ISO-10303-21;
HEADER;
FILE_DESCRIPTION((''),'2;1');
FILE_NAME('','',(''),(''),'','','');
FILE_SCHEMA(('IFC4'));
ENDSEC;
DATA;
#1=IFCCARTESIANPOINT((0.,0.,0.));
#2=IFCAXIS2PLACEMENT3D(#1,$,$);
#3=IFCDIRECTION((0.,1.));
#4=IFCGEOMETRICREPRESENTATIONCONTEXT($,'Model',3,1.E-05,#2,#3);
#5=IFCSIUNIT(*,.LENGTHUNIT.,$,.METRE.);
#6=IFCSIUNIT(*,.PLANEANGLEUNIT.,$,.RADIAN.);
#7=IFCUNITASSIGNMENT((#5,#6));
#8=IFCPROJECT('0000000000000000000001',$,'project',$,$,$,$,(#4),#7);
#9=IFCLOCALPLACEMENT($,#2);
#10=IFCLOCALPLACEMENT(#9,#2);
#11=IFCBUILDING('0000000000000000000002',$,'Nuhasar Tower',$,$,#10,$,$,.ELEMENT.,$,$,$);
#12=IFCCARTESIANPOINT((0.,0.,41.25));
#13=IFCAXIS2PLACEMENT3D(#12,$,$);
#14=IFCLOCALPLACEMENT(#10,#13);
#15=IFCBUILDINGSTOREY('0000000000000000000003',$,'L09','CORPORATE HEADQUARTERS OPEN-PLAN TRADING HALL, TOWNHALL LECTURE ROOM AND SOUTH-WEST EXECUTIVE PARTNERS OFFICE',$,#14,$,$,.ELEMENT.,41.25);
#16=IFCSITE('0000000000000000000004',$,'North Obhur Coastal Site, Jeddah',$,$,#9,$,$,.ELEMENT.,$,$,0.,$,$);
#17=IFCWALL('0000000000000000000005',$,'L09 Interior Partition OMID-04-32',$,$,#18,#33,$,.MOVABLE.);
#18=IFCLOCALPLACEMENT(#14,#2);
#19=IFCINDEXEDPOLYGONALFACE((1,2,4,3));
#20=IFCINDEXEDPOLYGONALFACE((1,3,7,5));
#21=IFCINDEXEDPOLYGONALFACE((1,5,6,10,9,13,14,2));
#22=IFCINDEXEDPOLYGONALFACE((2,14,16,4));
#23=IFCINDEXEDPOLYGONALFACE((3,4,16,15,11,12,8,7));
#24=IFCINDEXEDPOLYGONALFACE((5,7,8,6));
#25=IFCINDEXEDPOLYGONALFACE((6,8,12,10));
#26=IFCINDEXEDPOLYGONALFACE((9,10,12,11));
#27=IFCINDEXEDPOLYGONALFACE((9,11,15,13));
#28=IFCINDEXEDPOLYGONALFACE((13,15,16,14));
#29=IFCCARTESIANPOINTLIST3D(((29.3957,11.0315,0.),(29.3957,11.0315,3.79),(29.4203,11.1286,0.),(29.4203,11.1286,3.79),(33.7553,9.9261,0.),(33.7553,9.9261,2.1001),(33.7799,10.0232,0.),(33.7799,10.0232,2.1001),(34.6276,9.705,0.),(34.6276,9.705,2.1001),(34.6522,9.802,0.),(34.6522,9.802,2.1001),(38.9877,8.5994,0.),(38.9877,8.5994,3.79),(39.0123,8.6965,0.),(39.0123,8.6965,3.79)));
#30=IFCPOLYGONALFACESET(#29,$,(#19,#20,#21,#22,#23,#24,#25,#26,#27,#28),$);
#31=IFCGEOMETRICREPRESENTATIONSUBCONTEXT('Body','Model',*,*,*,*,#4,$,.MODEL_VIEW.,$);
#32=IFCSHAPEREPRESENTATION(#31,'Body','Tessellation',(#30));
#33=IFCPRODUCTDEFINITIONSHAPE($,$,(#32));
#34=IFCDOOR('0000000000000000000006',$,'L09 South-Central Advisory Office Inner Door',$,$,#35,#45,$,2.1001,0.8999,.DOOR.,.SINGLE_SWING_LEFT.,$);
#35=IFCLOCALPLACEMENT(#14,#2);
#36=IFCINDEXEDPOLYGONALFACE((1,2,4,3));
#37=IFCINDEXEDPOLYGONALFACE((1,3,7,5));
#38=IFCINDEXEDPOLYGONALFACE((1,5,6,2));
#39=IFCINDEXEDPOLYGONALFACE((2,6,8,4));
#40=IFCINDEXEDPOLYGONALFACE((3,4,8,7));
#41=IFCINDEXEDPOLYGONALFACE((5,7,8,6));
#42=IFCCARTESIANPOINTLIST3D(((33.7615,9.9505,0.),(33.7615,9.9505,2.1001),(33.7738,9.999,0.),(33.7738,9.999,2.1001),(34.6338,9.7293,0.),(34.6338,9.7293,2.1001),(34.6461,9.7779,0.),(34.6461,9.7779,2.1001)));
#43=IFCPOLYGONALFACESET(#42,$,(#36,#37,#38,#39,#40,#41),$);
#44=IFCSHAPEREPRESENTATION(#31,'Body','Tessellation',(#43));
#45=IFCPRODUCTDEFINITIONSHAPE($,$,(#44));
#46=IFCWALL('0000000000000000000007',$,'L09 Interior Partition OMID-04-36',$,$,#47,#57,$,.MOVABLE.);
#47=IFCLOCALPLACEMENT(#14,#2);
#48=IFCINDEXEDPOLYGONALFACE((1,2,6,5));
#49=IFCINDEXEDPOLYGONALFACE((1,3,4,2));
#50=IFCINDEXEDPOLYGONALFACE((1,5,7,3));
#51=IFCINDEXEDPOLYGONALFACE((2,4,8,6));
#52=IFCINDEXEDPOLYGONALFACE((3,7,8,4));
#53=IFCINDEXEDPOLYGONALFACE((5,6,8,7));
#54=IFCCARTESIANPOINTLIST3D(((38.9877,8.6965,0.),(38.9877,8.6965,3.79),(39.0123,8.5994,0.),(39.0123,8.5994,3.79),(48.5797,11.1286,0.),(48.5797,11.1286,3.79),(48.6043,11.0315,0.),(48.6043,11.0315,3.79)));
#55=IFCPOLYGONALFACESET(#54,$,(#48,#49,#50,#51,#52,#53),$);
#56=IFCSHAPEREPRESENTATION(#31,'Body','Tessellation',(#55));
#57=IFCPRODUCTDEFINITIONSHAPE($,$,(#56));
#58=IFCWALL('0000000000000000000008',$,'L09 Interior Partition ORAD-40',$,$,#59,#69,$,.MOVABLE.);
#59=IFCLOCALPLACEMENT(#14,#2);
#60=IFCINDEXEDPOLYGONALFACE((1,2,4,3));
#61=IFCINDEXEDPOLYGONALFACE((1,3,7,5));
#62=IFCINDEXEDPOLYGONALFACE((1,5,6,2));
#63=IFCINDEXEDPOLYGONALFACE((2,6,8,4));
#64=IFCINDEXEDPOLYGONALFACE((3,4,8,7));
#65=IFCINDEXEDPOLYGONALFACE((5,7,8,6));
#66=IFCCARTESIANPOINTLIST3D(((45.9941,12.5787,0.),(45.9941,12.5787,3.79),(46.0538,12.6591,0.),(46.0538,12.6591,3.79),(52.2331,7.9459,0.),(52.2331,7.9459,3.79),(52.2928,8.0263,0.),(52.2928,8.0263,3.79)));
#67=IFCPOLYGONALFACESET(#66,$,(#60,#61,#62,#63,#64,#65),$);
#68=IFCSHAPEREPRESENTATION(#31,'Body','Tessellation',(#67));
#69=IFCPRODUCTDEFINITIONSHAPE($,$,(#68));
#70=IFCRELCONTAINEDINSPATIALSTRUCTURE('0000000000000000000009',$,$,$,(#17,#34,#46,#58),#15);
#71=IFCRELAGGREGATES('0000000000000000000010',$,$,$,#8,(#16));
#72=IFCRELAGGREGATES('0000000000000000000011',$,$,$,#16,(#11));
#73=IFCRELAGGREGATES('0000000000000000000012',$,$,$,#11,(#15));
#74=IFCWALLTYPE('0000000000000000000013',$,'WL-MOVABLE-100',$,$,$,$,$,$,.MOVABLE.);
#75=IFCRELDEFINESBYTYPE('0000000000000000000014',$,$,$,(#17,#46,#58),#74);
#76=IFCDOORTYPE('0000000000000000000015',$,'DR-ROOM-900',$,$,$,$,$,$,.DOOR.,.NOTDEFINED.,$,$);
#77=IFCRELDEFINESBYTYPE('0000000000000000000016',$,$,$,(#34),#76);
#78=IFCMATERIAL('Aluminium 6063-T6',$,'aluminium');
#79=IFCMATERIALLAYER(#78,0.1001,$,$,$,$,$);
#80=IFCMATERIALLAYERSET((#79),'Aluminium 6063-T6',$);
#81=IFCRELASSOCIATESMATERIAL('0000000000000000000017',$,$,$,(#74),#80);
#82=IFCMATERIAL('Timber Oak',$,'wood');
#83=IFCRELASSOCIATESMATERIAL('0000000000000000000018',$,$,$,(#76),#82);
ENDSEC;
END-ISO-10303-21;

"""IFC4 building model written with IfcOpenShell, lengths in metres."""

from ifc_helpers import new_model, si_unit, direction, frame, frame_2d, origin, place, context, subcontext, project, spatial, rectangle, extrude, material, layer, layer_set, type_object, element, fill, save


model = new_model("IFC4")

# Units and contexts
model_context = context("Model", 3, precision=1e-05, world=origin(), true_north=direction((0.0, 1.0)))
body_context = subcontext(model_context, "Body", "Model", "MODEL_VIEW")
ifc_project = project(units=[si_unit("LENGTHUNIT", "METRE"), si_unit("PLANEANGLEUNIT", "RADIAN")], contexts=[model_context])

# Site, building, storey
site_placement = place(None, origin())
site = spatial("IfcSite", under=ifc_project, at=site_placement, Name="North Obhur Coastal Site, Jeddah", CompositionType="ELEMENT", RefElevation=0.0)
building_placement = place(site_placement, origin())
building = spatial("IfcBuilding", under=site, at=building_placement, Name="Nuhasar Tower", CompositionType="ELEMENT")
storey_placement = place(building_placement, frame((0.0, 0.0, 41.25)))
storey = spatial("IfcBuildingStorey", under=building, at=storey_placement, Name="L09", Description="CORPORATE HEADQUARTERS OPEN-PLAN TRADING HALL, TOWNHALL LECTURE ROOM AND SOUTH-WEST EXECUTIVE PARTNERS OFFICE", CompositionType="ELEMENT", Elevation=41.25)

# Shared definitions
ifc_material_1 = material(Name="Aluminium 6063-T6", Category="aluminium")

# Wall, opening, door
ifc_layer_1 = layer(ifc_material_1, 0.1001)
ifc_layer_set_1 = layer_set([ifc_layer_1], Name="Aluminium 6063-T6")
wall_type_1 = type_object("IfcWallType", Name="WL-MOVABLE-100", PredefinedType="MOVABLE", material=ifc_layer_set_1)
wall_1_placement = place(storey_placement, frame((39.0, 8.6479, 0.0), z_axis=(0.0, 0.0, 1.0), x_axis=(-0.969326, 0.245779, 0.0)))
wall_1 = element("IfcWall", 1, at=wall_1_placement, inside=storey, type_object=wall_type_1, Name="L09 Interior Partition OMID-04-32", PredefinedType="MOVABLE", context=body_context, shape_type="SweptSolid", body=[
    extrude(rectangle(XDim=9.8955, YDim=0.1001, at=frame_2d((4.9478, 0.0))), origin(), (0.0, 0.0, 1.0), 3.79),
])
opening_placement = place(wall_1_placement, frame((4.498, 0.0, 0.0)))
opening = element("IfcOpeningElement", 2, at=opening_placement, cuts=wall_1, PredefinedType="OPENING", context=body_context, shape_type="SweptSolid", body=[
    extrude(rectangle(XDim=0.8999, YDim=2.1001, at=frame_2d((0.45, 1.05))), frame((0.0, 0.0601, 0.0), z_axis=(0.0, -1.0, 0.0), x_axis=(1.0, 0.0, 0.0)), (0.0, 0.0, 1.0), 0.1201),
])
ifc_material_2 = material(Name="Timber Oak", Category="wood")
door_type = type_object("IfcDoorType", Name="DR-ROOM-900", OperationType="NOTDEFINED", PredefinedType="DOOR", material=ifc_material_2)
door_placement = place(opening_placement, origin())
door = element("IfcDoor", 3, at=door_placement, inside=storey, type_object=door_type, Name="L09 South-Central Advisory Office Inner Door", OperationType="SINGLE_SWING_LEFT", OverallHeight=2.1001, OverallWidth=0.8999, PredefinedType="DOOR", context=body_context, shape_type="SweptSolid", body=[
    extrude(rectangle(XDim=0.8999, YDim=2.1001, at=frame_2d((0.45, 1.05))), frame((0.0, 0.0249, 0.0), z_axis=(0.0, -1.0, 0.0), x_axis=(1.0, 0.0, 0.0)), (0.0, 0.0, 1.0), 0.05),
])
fill(opening, door)

# Walls
wall_2_placement = place(storey_placement, frame((39.0, 8.6479, 0.0), z_axis=(0.0, 0.0, 1.0), x_axis=(0.969326, 0.245779, 0.0)))
element("IfcWall", 4, at=wall_2_placement, inside=storey, type_object=wall_type_1, Name="L09 Interior Partition OMID-04-36", PredefinedType="MOVABLE", context=body_context, shape_type="SweptSolid", body=[
    extrude(rectangle(XDim=9.8955, YDim=0.1001, at=frame_2d((4.9478, 0.0))), origin(), (0.0, 0.0, 1.0), 3.79),
])
wall_3_placement = place(storey_placement, frame((46.0239, 12.6189, 0.0), z_axis=(0.0, 0.0, 1.0), x_axis=(0.80286, -0.596168, 0.0)))
element("IfcWall", 5, at=wall_3_placement, inside=storey, type_object=wall_type_1, Name="L09 Interior Partition ORAD-40", PredefinedType="MOVABLE", context=body_context, shape_type="SweptSolid", body=[
    extrude(rectangle(XDim=7.771, YDim=0.1001, at=frame_2d((3.8855, 0.0))), origin(), (0.0, 0.0, 1.0), 3.79),
])

save(model, "model.ifc")
